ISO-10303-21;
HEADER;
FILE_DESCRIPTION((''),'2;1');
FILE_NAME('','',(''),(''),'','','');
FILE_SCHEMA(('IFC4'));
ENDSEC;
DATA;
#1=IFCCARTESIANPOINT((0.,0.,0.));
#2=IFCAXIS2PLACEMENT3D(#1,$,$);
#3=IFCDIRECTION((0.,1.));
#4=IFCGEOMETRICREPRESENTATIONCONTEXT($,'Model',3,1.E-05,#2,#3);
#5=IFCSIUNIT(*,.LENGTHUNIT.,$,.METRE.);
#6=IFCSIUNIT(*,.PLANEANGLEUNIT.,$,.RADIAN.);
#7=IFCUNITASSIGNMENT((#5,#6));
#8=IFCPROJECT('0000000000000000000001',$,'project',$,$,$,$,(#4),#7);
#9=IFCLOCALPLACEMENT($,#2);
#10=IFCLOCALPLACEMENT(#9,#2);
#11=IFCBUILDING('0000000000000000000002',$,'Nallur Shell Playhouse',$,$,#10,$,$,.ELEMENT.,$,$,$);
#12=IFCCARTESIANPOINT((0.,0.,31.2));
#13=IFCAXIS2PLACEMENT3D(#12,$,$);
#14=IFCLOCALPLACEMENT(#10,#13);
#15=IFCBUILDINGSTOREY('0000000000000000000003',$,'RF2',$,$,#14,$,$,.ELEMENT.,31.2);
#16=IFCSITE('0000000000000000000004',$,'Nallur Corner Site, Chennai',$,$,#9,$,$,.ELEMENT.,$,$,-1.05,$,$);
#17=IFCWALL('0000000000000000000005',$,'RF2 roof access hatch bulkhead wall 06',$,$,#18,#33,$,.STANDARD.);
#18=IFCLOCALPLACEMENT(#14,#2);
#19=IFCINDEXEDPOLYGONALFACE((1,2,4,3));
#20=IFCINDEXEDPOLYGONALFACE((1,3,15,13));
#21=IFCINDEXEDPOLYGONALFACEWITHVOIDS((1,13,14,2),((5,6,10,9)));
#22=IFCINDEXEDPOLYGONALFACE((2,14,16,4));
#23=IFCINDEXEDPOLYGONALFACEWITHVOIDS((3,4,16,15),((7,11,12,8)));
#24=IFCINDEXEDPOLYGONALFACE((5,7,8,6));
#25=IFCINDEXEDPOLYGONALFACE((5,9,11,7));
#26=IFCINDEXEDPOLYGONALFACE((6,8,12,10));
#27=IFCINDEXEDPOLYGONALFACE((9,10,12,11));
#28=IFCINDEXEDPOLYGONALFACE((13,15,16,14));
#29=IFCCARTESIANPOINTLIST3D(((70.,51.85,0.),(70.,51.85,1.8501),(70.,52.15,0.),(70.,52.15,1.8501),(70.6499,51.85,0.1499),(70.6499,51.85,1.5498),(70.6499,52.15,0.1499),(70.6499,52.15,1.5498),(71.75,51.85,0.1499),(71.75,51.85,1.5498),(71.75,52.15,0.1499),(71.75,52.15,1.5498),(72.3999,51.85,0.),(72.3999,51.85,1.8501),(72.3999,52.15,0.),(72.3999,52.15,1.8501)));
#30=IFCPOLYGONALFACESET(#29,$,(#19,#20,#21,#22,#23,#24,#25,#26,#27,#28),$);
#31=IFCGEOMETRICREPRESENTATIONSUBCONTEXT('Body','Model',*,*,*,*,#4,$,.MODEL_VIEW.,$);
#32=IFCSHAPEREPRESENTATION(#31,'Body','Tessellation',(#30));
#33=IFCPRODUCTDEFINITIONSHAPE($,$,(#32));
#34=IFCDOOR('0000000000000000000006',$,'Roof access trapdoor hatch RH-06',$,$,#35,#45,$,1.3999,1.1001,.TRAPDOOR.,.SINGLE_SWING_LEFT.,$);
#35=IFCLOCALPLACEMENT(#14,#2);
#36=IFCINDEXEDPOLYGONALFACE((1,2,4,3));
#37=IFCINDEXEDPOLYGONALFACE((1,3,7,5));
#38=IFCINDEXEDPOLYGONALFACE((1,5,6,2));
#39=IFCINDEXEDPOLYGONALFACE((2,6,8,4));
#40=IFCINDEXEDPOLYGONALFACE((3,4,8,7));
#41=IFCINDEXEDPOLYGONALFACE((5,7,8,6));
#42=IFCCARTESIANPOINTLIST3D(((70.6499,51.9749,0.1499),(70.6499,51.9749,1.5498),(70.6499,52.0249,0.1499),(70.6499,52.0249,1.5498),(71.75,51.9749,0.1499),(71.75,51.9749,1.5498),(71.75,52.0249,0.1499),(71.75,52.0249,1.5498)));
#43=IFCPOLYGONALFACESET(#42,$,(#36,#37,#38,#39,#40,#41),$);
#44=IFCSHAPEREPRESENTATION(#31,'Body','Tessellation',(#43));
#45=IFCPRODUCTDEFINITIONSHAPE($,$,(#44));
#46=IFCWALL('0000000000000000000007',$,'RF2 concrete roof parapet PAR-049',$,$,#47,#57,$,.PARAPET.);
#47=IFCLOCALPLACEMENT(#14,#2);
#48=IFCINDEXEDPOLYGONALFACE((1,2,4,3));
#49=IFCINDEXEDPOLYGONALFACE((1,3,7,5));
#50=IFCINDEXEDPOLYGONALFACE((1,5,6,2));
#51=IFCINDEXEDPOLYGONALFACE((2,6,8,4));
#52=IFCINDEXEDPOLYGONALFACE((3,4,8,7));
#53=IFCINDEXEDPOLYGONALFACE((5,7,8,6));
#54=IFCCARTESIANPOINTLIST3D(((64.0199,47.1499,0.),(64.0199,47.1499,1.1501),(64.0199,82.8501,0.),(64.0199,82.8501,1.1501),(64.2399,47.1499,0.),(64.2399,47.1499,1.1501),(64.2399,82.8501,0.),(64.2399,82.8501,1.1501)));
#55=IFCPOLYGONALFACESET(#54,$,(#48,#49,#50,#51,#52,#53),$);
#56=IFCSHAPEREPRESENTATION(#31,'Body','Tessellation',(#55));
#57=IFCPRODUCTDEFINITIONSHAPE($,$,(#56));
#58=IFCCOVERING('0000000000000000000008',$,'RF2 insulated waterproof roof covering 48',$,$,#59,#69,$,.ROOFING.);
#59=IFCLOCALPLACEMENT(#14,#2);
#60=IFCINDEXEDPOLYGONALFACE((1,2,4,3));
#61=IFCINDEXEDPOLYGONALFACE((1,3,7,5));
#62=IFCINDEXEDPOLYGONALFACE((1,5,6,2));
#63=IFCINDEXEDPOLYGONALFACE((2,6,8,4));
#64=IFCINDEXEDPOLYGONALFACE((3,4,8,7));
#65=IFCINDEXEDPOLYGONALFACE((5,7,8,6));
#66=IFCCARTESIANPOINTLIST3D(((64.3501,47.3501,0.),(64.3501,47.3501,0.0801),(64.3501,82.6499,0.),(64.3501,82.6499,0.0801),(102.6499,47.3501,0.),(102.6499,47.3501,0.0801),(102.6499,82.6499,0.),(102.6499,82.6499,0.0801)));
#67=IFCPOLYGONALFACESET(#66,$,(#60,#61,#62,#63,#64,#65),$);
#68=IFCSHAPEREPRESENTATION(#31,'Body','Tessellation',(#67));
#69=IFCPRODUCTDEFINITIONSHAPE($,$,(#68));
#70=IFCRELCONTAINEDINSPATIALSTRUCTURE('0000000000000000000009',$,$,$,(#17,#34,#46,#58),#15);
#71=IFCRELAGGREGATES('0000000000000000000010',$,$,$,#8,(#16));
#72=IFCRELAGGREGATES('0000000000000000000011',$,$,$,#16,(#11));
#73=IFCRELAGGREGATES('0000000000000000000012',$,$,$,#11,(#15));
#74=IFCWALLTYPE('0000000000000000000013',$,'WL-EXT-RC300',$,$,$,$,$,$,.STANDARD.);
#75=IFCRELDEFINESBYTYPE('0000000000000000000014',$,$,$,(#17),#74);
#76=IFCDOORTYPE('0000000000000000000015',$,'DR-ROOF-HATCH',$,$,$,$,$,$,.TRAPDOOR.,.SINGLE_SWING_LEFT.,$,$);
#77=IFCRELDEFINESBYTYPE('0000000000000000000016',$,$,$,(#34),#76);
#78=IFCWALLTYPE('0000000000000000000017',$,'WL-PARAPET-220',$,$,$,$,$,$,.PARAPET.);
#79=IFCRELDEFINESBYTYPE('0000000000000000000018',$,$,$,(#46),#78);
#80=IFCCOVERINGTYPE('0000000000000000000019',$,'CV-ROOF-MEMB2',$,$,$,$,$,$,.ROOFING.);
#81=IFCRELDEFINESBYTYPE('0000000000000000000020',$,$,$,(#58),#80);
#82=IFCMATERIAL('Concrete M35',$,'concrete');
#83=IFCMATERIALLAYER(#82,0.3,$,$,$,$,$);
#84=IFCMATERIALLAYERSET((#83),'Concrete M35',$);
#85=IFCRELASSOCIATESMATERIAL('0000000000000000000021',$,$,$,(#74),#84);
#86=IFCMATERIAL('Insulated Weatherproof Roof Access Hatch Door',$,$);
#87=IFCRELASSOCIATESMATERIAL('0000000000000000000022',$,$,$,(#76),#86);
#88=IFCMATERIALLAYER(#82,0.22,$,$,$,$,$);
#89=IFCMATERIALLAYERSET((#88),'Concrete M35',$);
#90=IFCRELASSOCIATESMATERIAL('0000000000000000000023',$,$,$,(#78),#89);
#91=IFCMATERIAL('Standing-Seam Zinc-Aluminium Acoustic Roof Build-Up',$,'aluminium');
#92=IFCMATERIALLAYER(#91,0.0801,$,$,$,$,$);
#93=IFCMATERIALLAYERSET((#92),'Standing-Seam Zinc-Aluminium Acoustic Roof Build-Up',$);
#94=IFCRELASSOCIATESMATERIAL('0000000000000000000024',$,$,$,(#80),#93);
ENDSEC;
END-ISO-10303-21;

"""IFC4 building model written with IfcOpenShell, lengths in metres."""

from ifc_helpers import new_model, si_unit, direction, frame, frame_2d, origin, place, context, subcontext, project, spatial, polyline, rectangle, outline, extrude, material, layer, layer_set, type_object, element, fill, save


model = new_model("IFC4")

# Units and contexts
model_context = context("Model", 3, precision=1e-05, world=origin(), true_north=direction((0.0, 1.0)))
body_context = subcontext(model_context, "Body", "Model", "MODEL_VIEW")
ifc_project = project(units=[si_unit("LENGTHUNIT", "METRE"), si_unit("PLANEANGLEUNIT", "RADIAN")], contexts=[model_context])

# Site, building, storey
site_placement = place(None, origin())
site = spatial("IfcSite", under=ifc_project, at=site_placement, Name="Nallur Corner Site, Chennai", CompositionType="ELEMENT", RefElevation=-1.05)
building_placement = place(site_placement, origin())
building = spatial("IfcBuilding", under=site, at=building_placement, Name="Nallur Shell Playhouse", CompositionType="ELEMENT")
storey_placement = place(building_placement, frame((0.0, 0.0, 31.2)))
storey = spatial("IfcBuildingStorey", under=building, at=storey_placement, Name="RF2", CompositionType="ELEMENT", Elevation=31.2)

# Shared definitions
ifc_material_1 = material(Name="Concrete M35", Category="concrete")

# Wall, opening, door
ifc_layer_1 = layer(ifc_material_1, 0.3)
ifc_layer_set_1 = layer_set([ifc_layer_1], Name="Concrete M35")
wall_type_1 = type_object("IfcWallType", Name="WL-EXT-RC300", PredefinedType="STANDARD", material=ifc_layer_set_1)
wall_1_placement = place(storey_placement, frame((70.0, 52.0, 0.0), z_axis=(0.0, 0.0, 1.0), x_axis=(1.0, 0.0, 0.0)))
wall_1 = element("IfcWall", 1, at=wall_1_placement, inside=storey, type_object=wall_type_1, Name="RF2 roof access hatch bulkhead wall 06", PredefinedType="STANDARD", context=body_context, shape_type="SweptSolid", body=[
    extrude(rectangle(XDim=2.3999, YDim=0.3, at=frame_2d((1.2, 0.0))), origin(), (0.0, 0.0, 1.0), 1.8501),
])
opening_placement = place(wall_1_placement, frame((0.6499, 0.0, 0.1499)))
opening = element("IfcOpeningElement", 2, at=opening_placement, cuts=wall_1, PredefinedType="OPENING", context=body_context, shape_type="SweptSolid", body=[
    extrude(rectangle(XDim=1.1001, YDim=1.3999, at=frame_2d((0.55, 0.7))), frame((0.0, 0.1602, 0.0), z_axis=(0.0, -1.0, 0.0), x_axis=(1.0, 0.0, 0.0)), (0.0, 0.0, 1.0), 0.3201),
])
ifc_material_2 = material(Name="Insulated Weatherproof Roof Access Hatch Door")
door_type = type_object("IfcDoorType", Name="DR-ROOF-HATCH", OperationType="SINGLE_SWING_LEFT", PredefinedType="TRAPDOOR", material=ifc_material_2)
door_placement = place(opening_placement, origin())
door = element("IfcDoor", 3, at=door_placement, inside=storey, type_object=door_type, Name="Roof access trapdoor hatch RH-06", OperationType="SINGLE_SWING_LEFT", OverallHeight=1.3999, OverallWidth=1.1001, PredefinedType="TRAPDOOR", context=body_context, shape_type="SweptSolid", body=[
    extrude(rectangle(XDim=1.1001, YDim=1.3999, at=frame_2d((0.55, 0.7))), frame((0.0, 0.0249, 0.0), z_axis=(0.0, -1.0, 0.0), x_axis=(1.0, 0.0, 0.0)), (0.0, 0.0, 1.0), 0.05),
])
fill(opening, door)

# Wall
ifc_layer_2 = layer(ifc_material_1, 0.22)
ifc_layer_set_2 = layer_set([ifc_layer_2], Name="Concrete M35")
wall_type_2 = type_object("IfcWallType", Name="WL-PARAPET-220", PredefinedType="PARAPET", material=ifc_layer_set_2)
wall_2_placement = place(storey_placement, frame((64.1299, 47.1499, 0.0), z_axis=(0.0, 0.0, 1.0), x_axis=(0.0, 1.0, 0.0)))
element("IfcWall", 4, at=wall_2_placement, inside=storey, type_object=wall_type_2, Name="RF2 concrete roof parapet PAR-049", PredefinedType="PARAPET", context=body_context, shape_type="SweptSolid", body=[
    extrude(rectangle(XDim=35.7002, YDim=0.22, at=frame_2d((17.8501, 0.0))), origin(), (0.0, 0.0, 1.0), 1.1501),
])

# Covering
ifc_material_3 = material(Name="Standing-Seam Zinc-Aluminium Acoustic Roof Build-Up", Category="aluminium")
ifc_layer_3 = layer(ifc_material_3, 0.0801)
ifc_layer_set_3 = layer_set([ifc_layer_3], Name="Standing-Seam Zinc-Aluminium Acoustic Roof Build-Up")
covering_type = type_object("IfcCoveringType", Name="CV-ROOF-MEMB2", PredefinedType="ROOFING", material=ifc_layer_set_3)
covering_placement = place(storey_placement, origin())
element("IfcCovering", 5, at=covering_placement, inside=storey, type_object=covering_type, Name="RF2 insulated waterproof roof covering 48", PredefinedType="ROOFING", context=body_context, shape_type="SweptSolid", body=[
    extrude(outline(polyline([(64.3501, 47.3501), (64.3501, 82.6499), (102.6499, 82.6499), (102.6499, 47.3501), (64.3501, 47.3501)])), origin(), (0.0, 0.0, 1.0), 0.0801),
])

save(model, "model.ifc")
